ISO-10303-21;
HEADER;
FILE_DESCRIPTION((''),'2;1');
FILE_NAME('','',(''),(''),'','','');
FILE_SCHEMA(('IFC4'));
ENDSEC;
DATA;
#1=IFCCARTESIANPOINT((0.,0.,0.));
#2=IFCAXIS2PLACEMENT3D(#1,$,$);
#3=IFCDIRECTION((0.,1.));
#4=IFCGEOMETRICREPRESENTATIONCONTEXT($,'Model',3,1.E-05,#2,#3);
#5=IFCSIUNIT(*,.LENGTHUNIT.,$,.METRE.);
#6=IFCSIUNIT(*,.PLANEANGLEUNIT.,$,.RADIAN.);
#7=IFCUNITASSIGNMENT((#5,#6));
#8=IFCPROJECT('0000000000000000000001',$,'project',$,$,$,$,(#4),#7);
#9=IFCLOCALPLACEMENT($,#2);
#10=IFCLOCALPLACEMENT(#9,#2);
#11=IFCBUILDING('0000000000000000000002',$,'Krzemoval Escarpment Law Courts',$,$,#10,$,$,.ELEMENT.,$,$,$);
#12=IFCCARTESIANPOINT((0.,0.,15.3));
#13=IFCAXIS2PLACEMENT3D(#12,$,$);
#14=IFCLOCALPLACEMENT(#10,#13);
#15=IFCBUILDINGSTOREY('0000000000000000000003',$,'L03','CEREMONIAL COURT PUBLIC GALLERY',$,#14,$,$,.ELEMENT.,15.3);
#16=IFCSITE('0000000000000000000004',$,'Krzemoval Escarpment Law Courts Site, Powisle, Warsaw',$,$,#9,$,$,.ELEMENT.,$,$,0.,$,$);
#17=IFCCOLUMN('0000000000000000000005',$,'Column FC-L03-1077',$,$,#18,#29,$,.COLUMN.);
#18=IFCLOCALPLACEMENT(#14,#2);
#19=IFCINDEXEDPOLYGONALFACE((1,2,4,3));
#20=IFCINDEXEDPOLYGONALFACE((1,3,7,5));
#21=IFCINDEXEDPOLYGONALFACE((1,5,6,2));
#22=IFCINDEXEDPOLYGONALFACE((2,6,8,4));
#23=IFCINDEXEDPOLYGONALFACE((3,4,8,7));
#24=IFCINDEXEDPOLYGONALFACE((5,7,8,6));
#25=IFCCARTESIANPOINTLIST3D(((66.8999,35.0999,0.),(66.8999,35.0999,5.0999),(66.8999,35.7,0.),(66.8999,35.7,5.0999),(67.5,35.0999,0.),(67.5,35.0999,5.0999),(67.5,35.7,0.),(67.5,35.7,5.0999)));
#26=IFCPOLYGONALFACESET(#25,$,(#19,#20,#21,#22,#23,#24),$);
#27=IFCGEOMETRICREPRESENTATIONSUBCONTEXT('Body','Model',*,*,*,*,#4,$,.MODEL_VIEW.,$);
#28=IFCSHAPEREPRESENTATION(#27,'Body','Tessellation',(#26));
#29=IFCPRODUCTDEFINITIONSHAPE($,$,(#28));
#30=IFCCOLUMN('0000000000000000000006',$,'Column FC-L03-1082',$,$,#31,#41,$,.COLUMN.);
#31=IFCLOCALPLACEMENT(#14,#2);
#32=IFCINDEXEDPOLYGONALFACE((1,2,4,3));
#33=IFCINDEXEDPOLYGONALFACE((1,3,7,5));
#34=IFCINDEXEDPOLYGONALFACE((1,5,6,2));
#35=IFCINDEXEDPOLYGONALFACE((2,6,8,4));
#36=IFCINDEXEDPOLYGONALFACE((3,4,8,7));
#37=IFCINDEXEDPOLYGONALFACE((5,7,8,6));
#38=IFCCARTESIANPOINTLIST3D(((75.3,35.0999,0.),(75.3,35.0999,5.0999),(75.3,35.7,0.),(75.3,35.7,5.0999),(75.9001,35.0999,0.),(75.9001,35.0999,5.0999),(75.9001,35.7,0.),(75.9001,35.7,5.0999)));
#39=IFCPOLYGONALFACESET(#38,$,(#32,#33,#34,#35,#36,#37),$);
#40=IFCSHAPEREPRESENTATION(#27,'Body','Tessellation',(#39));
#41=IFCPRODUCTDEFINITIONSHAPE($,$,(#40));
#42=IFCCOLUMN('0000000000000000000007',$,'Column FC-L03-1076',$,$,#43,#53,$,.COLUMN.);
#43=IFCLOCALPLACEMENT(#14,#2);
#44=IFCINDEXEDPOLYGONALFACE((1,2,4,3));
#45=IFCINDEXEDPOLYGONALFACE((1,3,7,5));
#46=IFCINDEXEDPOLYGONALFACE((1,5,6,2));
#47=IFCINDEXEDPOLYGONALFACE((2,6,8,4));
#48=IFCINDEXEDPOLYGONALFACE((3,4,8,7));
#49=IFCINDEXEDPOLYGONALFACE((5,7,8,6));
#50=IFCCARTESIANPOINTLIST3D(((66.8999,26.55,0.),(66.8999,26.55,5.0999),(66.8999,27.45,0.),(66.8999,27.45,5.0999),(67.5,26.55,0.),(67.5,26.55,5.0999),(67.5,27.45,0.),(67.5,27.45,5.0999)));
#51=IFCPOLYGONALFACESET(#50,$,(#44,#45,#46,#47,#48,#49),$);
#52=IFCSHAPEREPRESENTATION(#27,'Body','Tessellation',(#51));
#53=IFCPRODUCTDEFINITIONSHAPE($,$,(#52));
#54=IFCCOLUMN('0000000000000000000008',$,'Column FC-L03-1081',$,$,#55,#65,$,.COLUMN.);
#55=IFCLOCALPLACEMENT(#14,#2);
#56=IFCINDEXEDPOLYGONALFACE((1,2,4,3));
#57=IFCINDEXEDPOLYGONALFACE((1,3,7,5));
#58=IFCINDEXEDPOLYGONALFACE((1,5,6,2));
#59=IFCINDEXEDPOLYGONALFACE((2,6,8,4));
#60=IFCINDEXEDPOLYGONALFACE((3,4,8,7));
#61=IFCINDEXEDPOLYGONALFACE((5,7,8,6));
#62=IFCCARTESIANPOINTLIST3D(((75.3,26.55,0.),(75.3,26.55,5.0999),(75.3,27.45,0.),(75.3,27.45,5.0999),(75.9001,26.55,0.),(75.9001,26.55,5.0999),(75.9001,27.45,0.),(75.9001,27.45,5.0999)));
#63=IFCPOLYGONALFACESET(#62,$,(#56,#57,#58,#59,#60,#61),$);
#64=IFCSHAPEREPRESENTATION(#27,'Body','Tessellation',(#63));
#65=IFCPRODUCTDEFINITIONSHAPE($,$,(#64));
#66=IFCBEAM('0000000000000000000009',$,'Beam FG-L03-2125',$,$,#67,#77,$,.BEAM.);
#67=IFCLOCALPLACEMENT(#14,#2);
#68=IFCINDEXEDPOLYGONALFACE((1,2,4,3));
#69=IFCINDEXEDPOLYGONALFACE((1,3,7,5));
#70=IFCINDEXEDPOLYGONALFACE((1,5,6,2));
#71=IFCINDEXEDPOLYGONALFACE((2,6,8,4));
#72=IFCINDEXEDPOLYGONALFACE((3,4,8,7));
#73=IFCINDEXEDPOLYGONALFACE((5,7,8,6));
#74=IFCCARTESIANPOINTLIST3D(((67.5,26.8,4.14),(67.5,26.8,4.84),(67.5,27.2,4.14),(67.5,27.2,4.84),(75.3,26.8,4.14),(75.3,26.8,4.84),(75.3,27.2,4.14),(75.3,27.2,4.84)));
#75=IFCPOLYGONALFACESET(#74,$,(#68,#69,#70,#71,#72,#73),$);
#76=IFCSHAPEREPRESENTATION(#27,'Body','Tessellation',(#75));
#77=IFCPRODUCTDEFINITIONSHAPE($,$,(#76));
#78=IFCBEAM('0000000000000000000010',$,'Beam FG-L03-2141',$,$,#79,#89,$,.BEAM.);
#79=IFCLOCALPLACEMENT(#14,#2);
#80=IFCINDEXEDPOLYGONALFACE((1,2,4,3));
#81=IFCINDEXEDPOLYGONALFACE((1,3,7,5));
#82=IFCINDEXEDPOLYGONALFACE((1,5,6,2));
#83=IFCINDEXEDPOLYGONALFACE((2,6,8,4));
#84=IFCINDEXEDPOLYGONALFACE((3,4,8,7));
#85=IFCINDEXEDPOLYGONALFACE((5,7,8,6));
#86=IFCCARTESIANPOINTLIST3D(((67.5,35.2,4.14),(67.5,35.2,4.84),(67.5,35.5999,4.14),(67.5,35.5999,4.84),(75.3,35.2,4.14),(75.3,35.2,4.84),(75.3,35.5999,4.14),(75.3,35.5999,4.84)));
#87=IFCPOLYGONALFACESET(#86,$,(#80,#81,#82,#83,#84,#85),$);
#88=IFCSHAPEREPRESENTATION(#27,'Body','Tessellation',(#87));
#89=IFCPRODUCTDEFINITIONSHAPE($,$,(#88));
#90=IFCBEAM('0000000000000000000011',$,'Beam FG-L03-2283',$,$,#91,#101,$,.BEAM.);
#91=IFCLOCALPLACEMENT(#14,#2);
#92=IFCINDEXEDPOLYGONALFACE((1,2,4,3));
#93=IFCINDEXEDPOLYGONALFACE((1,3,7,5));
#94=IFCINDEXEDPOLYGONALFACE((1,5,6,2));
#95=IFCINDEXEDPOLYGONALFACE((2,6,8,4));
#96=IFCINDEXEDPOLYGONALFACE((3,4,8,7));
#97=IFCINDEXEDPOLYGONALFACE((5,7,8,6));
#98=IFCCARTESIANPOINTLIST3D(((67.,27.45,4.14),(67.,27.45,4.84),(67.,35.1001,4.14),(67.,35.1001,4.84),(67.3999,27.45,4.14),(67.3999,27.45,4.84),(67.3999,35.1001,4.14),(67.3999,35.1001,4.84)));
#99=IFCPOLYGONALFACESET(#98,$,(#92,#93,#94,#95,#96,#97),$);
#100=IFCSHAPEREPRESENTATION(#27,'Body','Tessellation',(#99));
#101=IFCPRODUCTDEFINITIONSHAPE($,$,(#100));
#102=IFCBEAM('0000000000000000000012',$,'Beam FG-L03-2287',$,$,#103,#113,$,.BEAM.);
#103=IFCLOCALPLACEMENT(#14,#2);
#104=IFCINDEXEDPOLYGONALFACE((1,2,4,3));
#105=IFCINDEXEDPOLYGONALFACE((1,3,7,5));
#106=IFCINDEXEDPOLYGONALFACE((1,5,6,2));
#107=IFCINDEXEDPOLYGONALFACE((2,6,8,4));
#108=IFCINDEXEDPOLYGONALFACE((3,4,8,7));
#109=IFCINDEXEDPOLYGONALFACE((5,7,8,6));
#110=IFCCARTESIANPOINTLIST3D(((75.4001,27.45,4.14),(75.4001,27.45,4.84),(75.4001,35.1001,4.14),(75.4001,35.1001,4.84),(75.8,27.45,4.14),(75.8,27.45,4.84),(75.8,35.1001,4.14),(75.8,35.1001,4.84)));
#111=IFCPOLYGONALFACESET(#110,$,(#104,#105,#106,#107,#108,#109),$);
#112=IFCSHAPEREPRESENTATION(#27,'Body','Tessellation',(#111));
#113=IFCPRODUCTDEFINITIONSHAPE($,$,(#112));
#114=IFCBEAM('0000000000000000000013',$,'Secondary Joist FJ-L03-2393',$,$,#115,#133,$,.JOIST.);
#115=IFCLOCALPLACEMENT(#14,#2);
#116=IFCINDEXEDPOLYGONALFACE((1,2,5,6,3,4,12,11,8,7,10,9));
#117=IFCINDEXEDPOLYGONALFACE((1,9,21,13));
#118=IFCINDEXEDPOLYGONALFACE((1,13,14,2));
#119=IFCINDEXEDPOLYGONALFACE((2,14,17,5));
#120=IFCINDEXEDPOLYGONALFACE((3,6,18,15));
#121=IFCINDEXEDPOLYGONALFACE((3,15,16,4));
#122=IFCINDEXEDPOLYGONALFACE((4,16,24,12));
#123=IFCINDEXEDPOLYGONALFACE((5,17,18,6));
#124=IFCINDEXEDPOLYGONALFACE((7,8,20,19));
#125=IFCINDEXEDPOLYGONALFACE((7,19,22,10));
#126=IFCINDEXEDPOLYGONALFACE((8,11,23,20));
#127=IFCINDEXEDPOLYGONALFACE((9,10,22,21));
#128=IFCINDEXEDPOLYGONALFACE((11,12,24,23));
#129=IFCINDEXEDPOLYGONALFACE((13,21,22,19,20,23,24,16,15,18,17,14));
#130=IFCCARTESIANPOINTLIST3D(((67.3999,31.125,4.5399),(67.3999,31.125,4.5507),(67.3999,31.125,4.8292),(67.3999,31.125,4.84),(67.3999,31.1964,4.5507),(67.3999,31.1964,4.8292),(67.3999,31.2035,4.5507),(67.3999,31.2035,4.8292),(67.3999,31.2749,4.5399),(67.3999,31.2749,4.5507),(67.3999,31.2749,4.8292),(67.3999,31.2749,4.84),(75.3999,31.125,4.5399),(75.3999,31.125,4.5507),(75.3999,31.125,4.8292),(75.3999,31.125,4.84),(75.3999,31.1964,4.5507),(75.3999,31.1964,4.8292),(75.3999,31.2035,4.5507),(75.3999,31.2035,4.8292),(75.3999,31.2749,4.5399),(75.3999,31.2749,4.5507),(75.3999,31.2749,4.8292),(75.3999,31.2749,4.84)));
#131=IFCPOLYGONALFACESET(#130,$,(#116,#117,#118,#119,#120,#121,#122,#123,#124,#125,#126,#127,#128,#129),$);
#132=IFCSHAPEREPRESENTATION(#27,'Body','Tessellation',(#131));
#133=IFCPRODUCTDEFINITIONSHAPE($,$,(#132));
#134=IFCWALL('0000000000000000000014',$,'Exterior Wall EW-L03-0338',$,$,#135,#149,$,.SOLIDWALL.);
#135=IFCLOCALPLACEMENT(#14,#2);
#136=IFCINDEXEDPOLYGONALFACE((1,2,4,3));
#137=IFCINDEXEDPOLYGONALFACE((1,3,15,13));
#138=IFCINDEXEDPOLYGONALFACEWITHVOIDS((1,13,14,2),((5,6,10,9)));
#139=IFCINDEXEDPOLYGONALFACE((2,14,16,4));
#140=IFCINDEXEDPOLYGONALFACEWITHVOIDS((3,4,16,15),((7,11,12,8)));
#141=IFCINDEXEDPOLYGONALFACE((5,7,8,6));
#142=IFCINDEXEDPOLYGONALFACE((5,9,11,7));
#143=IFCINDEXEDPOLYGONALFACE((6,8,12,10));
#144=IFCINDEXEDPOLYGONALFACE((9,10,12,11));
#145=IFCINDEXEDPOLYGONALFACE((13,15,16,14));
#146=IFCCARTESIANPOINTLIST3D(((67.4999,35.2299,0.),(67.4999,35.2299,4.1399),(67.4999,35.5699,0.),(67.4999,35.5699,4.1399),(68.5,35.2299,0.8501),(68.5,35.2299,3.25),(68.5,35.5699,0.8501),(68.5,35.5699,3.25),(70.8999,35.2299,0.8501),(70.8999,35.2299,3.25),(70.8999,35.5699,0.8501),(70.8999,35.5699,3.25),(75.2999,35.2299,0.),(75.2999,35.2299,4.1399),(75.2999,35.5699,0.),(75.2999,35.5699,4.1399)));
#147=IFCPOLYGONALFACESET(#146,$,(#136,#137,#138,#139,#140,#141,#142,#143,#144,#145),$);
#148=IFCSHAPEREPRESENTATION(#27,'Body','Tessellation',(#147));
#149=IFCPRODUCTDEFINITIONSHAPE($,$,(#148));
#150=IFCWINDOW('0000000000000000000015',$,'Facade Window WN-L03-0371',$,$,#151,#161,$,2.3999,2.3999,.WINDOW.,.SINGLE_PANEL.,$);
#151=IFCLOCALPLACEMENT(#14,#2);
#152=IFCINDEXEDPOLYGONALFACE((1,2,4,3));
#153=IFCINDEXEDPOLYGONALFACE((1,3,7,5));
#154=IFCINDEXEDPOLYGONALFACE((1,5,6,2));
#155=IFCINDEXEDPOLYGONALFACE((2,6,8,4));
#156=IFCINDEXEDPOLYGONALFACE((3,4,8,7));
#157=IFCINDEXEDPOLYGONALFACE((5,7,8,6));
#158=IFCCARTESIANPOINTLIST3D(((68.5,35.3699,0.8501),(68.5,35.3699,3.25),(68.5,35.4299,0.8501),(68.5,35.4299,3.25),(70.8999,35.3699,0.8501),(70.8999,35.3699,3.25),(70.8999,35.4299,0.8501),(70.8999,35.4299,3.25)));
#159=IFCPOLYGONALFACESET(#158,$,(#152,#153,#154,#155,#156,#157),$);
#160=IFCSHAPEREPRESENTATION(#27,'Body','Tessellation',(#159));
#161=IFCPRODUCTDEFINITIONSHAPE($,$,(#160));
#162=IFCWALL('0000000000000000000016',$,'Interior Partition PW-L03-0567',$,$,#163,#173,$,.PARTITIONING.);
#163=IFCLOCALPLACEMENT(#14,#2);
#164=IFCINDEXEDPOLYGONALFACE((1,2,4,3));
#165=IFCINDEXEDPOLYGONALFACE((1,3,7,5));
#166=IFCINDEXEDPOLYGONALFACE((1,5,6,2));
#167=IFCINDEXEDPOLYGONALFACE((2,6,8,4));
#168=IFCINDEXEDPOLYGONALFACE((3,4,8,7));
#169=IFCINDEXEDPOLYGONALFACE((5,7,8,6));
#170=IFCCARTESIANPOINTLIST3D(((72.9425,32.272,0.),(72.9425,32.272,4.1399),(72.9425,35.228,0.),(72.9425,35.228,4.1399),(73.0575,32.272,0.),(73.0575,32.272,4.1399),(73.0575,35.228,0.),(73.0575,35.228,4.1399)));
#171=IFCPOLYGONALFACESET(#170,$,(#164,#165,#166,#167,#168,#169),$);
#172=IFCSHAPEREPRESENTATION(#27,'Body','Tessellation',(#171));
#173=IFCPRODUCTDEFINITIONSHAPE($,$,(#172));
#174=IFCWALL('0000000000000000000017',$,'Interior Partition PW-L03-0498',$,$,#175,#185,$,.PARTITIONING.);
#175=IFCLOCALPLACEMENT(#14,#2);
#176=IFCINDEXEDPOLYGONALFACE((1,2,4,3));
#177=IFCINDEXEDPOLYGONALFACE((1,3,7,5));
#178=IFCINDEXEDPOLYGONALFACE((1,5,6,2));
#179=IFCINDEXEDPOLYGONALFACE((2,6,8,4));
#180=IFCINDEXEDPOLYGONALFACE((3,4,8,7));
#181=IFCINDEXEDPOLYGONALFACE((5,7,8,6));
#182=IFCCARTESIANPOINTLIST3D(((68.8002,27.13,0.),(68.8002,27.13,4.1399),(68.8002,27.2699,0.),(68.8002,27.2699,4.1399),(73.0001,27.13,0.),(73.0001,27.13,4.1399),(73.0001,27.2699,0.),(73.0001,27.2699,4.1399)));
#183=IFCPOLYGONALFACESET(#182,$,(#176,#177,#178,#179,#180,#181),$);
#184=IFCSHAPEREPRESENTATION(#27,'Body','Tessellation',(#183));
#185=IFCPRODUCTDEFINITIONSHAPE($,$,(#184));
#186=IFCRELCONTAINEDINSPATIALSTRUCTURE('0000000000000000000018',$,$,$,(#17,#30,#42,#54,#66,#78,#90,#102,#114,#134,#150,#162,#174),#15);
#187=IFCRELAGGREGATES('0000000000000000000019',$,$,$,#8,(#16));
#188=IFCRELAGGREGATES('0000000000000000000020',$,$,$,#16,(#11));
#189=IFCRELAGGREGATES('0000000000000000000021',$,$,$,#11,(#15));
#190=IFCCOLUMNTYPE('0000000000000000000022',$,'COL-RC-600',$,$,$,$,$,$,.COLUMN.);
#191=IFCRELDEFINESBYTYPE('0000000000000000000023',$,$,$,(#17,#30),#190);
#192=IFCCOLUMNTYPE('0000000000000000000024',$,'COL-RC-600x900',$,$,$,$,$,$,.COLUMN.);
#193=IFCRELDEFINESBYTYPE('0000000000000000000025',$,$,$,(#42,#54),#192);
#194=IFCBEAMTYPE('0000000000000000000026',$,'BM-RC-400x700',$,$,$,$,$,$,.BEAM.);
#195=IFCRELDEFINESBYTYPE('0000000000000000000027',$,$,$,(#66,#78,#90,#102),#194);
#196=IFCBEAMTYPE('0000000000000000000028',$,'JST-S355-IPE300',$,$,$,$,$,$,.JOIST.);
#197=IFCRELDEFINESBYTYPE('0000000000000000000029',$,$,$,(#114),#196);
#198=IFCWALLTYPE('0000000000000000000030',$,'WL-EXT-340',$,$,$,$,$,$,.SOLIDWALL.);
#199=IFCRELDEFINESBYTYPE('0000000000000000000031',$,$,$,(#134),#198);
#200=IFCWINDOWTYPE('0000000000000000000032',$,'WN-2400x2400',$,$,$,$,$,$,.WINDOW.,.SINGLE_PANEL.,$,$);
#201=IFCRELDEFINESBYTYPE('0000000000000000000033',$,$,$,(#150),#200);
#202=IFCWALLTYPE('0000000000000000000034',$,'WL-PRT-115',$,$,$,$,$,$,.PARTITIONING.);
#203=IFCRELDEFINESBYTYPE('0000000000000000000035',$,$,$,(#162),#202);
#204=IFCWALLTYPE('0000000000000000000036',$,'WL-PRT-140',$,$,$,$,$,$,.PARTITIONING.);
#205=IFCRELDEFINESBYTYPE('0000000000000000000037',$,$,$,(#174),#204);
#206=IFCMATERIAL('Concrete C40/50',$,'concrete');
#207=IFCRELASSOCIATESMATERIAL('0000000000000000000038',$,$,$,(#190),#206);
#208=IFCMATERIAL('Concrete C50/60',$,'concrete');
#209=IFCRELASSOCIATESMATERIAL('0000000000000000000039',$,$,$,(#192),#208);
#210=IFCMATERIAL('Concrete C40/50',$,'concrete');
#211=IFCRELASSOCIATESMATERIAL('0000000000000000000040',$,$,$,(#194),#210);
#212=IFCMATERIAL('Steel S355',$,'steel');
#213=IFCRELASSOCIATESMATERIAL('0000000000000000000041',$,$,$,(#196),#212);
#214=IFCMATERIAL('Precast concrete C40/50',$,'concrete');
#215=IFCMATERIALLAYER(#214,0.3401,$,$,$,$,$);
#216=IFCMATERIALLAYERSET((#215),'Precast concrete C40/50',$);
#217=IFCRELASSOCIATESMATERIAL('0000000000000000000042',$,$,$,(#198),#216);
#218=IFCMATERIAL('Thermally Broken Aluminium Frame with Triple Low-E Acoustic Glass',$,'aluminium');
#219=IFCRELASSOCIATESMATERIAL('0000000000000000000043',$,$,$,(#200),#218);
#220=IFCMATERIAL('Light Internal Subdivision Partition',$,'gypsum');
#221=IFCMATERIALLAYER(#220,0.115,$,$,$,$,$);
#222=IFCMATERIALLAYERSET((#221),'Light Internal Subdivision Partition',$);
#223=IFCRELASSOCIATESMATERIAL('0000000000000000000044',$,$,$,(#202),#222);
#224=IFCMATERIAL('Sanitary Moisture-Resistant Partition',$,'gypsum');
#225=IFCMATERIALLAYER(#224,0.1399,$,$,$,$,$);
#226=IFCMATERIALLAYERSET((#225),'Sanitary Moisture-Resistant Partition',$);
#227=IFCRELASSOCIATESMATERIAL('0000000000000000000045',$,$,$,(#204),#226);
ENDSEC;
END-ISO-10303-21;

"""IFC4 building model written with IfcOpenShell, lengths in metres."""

from ifc_helpers import new_model, si_unit, direction, frame, frame_2d, origin, origin_2d, place, context, subcontext, project, spatial, rectangle, i_section, extrude, material, layer, layer_set, material_profile, profile_set, type_object, element, fill, save


model = new_model("IFC4")

# Units and contexts
model_context = context("Model", 3, precision=1e-05, world=origin(), true_north=direction((0.0, 1.0)))
body_context = subcontext(model_context, "Body", "Model", "MODEL_VIEW")
ifc_project = project(units=[si_unit("LENGTHUNIT", "METRE"), si_unit("PLANEANGLEUNIT", "RADIAN")], contexts=[model_context])

# Site, building, storey
site_placement = place(None, origin())
site = spatial("IfcSite", under=ifc_project, at=site_placement, Name="Krzemoval Escarpment Law Courts Site, Powisle, Warsaw", CompositionType="ELEMENT", RefElevation=0.0)
building_placement = place(site_placement, origin())
building = spatial("IfcBuilding", under=site, at=building_placement, Name="Krzemoval Escarpment Law Courts", CompositionType="ELEMENT")
storey_placement = place(building_placement, frame((0.0, 0.0, 15.3)))
storey = spatial("IfcBuildingStorey", under=building, at=storey_placement, Name="L03", Description="CEREMONIAL COURT PUBLIC GALLERY", CompositionType="ELEMENT", Elevation=15.3)

# Columns
ifc_material_1 = material(Name="Concrete C40/50", Category="concrete")
ifc_material_profile_1 = material_profile(ifc_material_1, rectangle(XDim=0.6001, YDim=0.6001, at=origin_2d()), Name="RC 600x600")
ifc_profile_set_1 = profile_set([ifc_material_profile_1], Name="Concrete C40/50")
column_type_1 = type_object("IfcColumnType", Name="COL-RC-600", PredefinedType="COLUMN", material=ifc_profile_set_1)
for number, where, z_axis, x_axis, name in (
    (1, (67.2, 35.3999, 0.0), (0.0, 0.0, 1.0), (1.0, 0.0, 0.0), "Column FC-L03-1077"),
    (2, (75.6001, 35.3999, 0.0), (0.0, 0.0, 1.0), (1.0, 0.0, 0.0), "Column FC-L03-1082"),
):
    element("IfcColumn", number, at=place(storey_placement, frame(where, z_axis=z_axis, x_axis=x_axis)), inside=storey, type_object=column_type_1, Name=name, PredefinedType="COLUMN", context=body_context, shape_type="SweptSolid", body=[
        extrude(rectangle(XDim=0.6001, YDim=0.6001, at=origin_2d()), origin(), (0.0, 0.0, 1.0), 5.0999),
    ])
ifc_material_2 = material(Name="Concrete C50/60", Category="concrete")
ifc_material_profile_2 = material_profile(ifc_material_2, rectangle(XDim=0.6001, YDim=0.8999, at=origin_2d()), Name="RC 600x900")
ifc_profile_set_2 = profile_set([ifc_material_profile_2], Name="Concrete C50/60")
column_type_2 = type_object("IfcColumnType", Name="COL-RC-600x900", PredefinedType="COLUMN", material=ifc_profile_set_2)
for number, where, z_axis, x_axis, name in (
    (3, (67.2, 27.0, 0.0), (0.0, 0.0, 1.0), (1.0, 0.0, 0.0), "Column FC-L03-1076"),
    (4, (75.6001, 27.0, 0.0), (0.0, 0.0, 1.0), (1.0, 0.0, 0.0), "Column FC-L03-1081"),
):
    element("IfcColumn", number, at=place(storey_placement, frame(where, z_axis=z_axis, x_axis=x_axis)), inside=storey, type_object=column_type_2, Name=name, PredefinedType="COLUMN", context=body_context, shape_type="SweptSolid", body=[
        extrude(rectangle(XDim=0.6001, YDim=0.8999, at=origin_2d()), origin(), (0.0, 0.0, 1.0), 5.0999),
    ])

# Beams
ifc_material_3 = material(Name="Concrete C40/50", Category="concrete")
ifc_material_profile_3 = material_profile(ifc_material_3, rectangle(XDim=0.3999, YDim=0.7, at=origin_2d()), Name="RCB 400x700")
ifc_profile_set_3 = profile_set([ifc_material_profile_3], Name="Concrete C40/50")
beam_type_1 = type_object("IfcBeamType", Name="BM-RC-400x700", PredefinedType="BEAM", material=ifc_profile_set_3)
for number, where, z_axis, x_axis, name in (
    (5, (67.5, 27.0, 4.49), (1.0, 0.0, 0.0), (0.0, 1.0, 0.0), "Beam FG-L03-2125"),
    (6, (67.5, 35.3999, 4.49), (1.0, 0.0, 0.0), (0.0, 1.0, 0.0), "Beam FG-L03-2141"),
):
    element("IfcBeam", number, at=place(storey_placement, frame(where, z_axis=z_axis, x_axis=x_axis)), inside=storey, type_object=beam_type_1, Name=name, PredefinedType="BEAM", context=body_context, shape_type="SweptSolid", body=[
        extrude(rectangle(XDim=0.3999, YDim=0.7, at=origin_2d()), origin(), (0.0, 0.0, 1.0), 7.8),
    ])
for number, where, z_axis, x_axis, name in (
    (7, (67.2, 27.45, 4.49), (0.0, 1.0, 0.0), (-1.0, 0.0, 0.0), "Beam FG-L03-2283"),
    (8, (75.6001, 27.45, 4.49), (0.0, 1.0, 0.0), (-1.0, 0.0, 0.0), "Beam FG-L03-2287"),
):
    element("IfcBeam", number, at=place(storey_placement, frame(where, z_axis=z_axis, x_axis=x_axis)), inside=storey, type_object=beam_type_1, Name=name, PredefinedType="BEAM", context=body_context, shape_type="SweptSolid", body=[
        extrude(rectangle(XDim=0.3999, YDim=0.7, at=origin_2d()), origin(), (0.0, 0.0, 1.0), 7.6501),
    ])
ifc_material_4 = material(Name="Steel S355", Category="steel")
ifc_material_profile_4 = material_profile(ifc_material_4, i_section(OverallWidth=0.1499, OverallDepth=0.3, WebThickness=0.0071, FlangeThickness=0.0107, at=origin_2d()), Name="IPE 300")
ifc_profile_set_4 = profile_set([ifc_material_profile_4], Name="Steel S355")
beam_type_2 = type_object("IfcBeamType", Name="JST-S355-IPE300", PredefinedType="JOIST", material=ifc_profile_set_4)
beam_placement = place(storey_placement, frame((67.3999, 31.2, 4.6899), z_axis=(1.0, 0.0, 0.0), x_axis=(0.0, 1.0, 0.0)))
element("IfcBeam", 9, at=beam_placement, inside=storey, type_object=beam_type_2, Name="Secondary Joist FJ-L03-2393", PredefinedType="JOIST", context=body_context, shape_type="SweptSolid", body=[
    extrude(i_section(OverallWidth=0.1499, OverallDepth=0.3, WebThickness=0.0071, FlangeThickness=0.0107, at=origin_2d()), origin(), (0.0, 0.0, 1.0), 8.0),
])

# Wall, opening, window
ifc_material_5 = material(Name="Precast concrete C40/50", Category="concrete")
ifc_layer_1 = layer(ifc_material_5, 0.3401)
ifc_layer_set_1 = layer_set([ifc_layer_1], Name="Precast concrete C40/50")
wall_type_1 = type_object("IfcWallType", Name="WL-EXT-340", PredefinedType="SOLIDWALL", material=ifc_layer_set_1)
wall_1_placement = place(storey_placement, frame((67.5, 35.3999, 0.0), z_axis=(0.0, 0.0, 1.0), x_axis=(1.0, 0.0, 0.0)))
wall_1 = element("IfcWall", 10, at=wall_1_placement, inside=storey, type_object=wall_type_1, Name="Exterior Wall EW-L03-0338", PredefinedType="SOLIDWALL", context=body_context, shape_type="SweptSolid", body=[
    extrude(rectangle(XDim=7.8, YDim=0.3401, at=frame_2d((3.8999, 0.0))), origin(), (0.0, 0.0, 1.0), 4.1399),
])
opening_1_placement = place(wall_1_placement, frame((1.0, 0.0, 0.8501)))
opening_1 = element("IfcOpeningElement", 11, at=opening_1_placement, cuts=wall_1, PredefinedType="OPENING", context=body_context, shape_type="SweptSolid", body=[
    extrude(rectangle(XDim=2.3999, YDim=2.3999, at=frame_2d((1.2, 1.2))), frame((0.0, 0.185, 0.0), z_axis=(0.0, -1.0, 0.0), x_axis=(1.0, 0.0, 0.0)), (0.0, 0.0, 1.0), 0.3701),
])
ifc_material_6 = material(Name="Thermally Broken Aluminium Frame with Triple Low-E Acoustic Glass", Category="aluminium")
window_type = type_object("IfcWindowType", Name="WN-2400x2400", PartitioningType="SINGLE_PANEL", PredefinedType="WINDOW", material=ifc_material_6)
window_placement = place(opening_1_placement, origin())
window = element("IfcWindow", 12, at=window_placement, inside=storey, type_object=window_type, Name="Facade Window WN-L03-0371", OverallHeight=2.3999, OverallWidth=2.3999, PartitioningType="SINGLE_PANEL", PredefinedType="WINDOW", context=body_context, shape_type="SweptSolid", body=[
    extrude(rectangle(XDim=2.3999, YDim=2.3999, at=frame_2d((1.2, 1.2))), frame((0.0, 0.03, 0.0), z_axis=(0.0, -1.0, 0.0), x_axis=(1.0, 0.0, 0.0)), (0.0, 0.0, 1.0), 0.0601),
])
fill(opening_1, window)

# Walls
ifc_material_7 = material(Name="Light Internal Subdivision Partition", Category="gypsum")
ifc_layer_2 = layer(ifc_material_7, 0.115)
ifc_layer_set_2 = layer_set([ifc_layer_2], Name="Light Internal Subdivision Partition")
wall_type_2 = type_object("IfcWallType", Name="WL-PRT-115", PredefinedType="PARTITIONING", material=ifc_layer_set_2)
wall_2_placement = place(storey_placement, frame((73.0, 32.272, 0.0), z_axis=(0.0, 0.0, 1.0), x_axis=(0.0, 1.0, 0.0)))
element("IfcWall", 13, at=wall_2_placement, inside=storey, type_object=wall_type_2, Name="Interior Partition PW-L03-0567", PredefinedType="PARTITIONING", context=body_context, shape_type="SweptSolid", body=[
    extrude(rectangle(XDim=2.9561, YDim=0.115, at=frame_2d((1.478, 0.0))), origin(), (0.0, 0.0, 1.0), 4.1399),
])
ifc_material_8 = material(Name="Sanitary Moisture-Resistant Partition", Category="gypsum")
ifc_layer_3 = layer(ifc_material_8, 0.1399)
ifc_layer_set_3 = layer_set([ifc_layer_3], Name="Sanitary Moisture-Resistant Partition")
wall_type_3 = type_object("IfcWallType", Name="WL-PRT-140", PredefinedType="PARTITIONING", material=ifc_layer_set_3)
wall_3_placement = place(storey_placement, frame((68.8, 27.2, 0.0), z_axis=(0.0, 0.0, 1.0), x_axis=(1.0, 0.0, 0.0)))
element("IfcWall", 14, at=wall_3_placement, inside=storey, type_object=wall_type_3, Name="Interior Partition PW-L03-0498", PredefinedType="PARTITIONING", context=body_context, shape_type="SweptSolid", body=[
    extrude(rectangle(XDim=4.2, YDim=0.1399, at=frame_2d((2.1001, 0.0))), origin(), (0.0, 0.0, 1.0), 4.1399),
])

save(model, "model.ifc")
